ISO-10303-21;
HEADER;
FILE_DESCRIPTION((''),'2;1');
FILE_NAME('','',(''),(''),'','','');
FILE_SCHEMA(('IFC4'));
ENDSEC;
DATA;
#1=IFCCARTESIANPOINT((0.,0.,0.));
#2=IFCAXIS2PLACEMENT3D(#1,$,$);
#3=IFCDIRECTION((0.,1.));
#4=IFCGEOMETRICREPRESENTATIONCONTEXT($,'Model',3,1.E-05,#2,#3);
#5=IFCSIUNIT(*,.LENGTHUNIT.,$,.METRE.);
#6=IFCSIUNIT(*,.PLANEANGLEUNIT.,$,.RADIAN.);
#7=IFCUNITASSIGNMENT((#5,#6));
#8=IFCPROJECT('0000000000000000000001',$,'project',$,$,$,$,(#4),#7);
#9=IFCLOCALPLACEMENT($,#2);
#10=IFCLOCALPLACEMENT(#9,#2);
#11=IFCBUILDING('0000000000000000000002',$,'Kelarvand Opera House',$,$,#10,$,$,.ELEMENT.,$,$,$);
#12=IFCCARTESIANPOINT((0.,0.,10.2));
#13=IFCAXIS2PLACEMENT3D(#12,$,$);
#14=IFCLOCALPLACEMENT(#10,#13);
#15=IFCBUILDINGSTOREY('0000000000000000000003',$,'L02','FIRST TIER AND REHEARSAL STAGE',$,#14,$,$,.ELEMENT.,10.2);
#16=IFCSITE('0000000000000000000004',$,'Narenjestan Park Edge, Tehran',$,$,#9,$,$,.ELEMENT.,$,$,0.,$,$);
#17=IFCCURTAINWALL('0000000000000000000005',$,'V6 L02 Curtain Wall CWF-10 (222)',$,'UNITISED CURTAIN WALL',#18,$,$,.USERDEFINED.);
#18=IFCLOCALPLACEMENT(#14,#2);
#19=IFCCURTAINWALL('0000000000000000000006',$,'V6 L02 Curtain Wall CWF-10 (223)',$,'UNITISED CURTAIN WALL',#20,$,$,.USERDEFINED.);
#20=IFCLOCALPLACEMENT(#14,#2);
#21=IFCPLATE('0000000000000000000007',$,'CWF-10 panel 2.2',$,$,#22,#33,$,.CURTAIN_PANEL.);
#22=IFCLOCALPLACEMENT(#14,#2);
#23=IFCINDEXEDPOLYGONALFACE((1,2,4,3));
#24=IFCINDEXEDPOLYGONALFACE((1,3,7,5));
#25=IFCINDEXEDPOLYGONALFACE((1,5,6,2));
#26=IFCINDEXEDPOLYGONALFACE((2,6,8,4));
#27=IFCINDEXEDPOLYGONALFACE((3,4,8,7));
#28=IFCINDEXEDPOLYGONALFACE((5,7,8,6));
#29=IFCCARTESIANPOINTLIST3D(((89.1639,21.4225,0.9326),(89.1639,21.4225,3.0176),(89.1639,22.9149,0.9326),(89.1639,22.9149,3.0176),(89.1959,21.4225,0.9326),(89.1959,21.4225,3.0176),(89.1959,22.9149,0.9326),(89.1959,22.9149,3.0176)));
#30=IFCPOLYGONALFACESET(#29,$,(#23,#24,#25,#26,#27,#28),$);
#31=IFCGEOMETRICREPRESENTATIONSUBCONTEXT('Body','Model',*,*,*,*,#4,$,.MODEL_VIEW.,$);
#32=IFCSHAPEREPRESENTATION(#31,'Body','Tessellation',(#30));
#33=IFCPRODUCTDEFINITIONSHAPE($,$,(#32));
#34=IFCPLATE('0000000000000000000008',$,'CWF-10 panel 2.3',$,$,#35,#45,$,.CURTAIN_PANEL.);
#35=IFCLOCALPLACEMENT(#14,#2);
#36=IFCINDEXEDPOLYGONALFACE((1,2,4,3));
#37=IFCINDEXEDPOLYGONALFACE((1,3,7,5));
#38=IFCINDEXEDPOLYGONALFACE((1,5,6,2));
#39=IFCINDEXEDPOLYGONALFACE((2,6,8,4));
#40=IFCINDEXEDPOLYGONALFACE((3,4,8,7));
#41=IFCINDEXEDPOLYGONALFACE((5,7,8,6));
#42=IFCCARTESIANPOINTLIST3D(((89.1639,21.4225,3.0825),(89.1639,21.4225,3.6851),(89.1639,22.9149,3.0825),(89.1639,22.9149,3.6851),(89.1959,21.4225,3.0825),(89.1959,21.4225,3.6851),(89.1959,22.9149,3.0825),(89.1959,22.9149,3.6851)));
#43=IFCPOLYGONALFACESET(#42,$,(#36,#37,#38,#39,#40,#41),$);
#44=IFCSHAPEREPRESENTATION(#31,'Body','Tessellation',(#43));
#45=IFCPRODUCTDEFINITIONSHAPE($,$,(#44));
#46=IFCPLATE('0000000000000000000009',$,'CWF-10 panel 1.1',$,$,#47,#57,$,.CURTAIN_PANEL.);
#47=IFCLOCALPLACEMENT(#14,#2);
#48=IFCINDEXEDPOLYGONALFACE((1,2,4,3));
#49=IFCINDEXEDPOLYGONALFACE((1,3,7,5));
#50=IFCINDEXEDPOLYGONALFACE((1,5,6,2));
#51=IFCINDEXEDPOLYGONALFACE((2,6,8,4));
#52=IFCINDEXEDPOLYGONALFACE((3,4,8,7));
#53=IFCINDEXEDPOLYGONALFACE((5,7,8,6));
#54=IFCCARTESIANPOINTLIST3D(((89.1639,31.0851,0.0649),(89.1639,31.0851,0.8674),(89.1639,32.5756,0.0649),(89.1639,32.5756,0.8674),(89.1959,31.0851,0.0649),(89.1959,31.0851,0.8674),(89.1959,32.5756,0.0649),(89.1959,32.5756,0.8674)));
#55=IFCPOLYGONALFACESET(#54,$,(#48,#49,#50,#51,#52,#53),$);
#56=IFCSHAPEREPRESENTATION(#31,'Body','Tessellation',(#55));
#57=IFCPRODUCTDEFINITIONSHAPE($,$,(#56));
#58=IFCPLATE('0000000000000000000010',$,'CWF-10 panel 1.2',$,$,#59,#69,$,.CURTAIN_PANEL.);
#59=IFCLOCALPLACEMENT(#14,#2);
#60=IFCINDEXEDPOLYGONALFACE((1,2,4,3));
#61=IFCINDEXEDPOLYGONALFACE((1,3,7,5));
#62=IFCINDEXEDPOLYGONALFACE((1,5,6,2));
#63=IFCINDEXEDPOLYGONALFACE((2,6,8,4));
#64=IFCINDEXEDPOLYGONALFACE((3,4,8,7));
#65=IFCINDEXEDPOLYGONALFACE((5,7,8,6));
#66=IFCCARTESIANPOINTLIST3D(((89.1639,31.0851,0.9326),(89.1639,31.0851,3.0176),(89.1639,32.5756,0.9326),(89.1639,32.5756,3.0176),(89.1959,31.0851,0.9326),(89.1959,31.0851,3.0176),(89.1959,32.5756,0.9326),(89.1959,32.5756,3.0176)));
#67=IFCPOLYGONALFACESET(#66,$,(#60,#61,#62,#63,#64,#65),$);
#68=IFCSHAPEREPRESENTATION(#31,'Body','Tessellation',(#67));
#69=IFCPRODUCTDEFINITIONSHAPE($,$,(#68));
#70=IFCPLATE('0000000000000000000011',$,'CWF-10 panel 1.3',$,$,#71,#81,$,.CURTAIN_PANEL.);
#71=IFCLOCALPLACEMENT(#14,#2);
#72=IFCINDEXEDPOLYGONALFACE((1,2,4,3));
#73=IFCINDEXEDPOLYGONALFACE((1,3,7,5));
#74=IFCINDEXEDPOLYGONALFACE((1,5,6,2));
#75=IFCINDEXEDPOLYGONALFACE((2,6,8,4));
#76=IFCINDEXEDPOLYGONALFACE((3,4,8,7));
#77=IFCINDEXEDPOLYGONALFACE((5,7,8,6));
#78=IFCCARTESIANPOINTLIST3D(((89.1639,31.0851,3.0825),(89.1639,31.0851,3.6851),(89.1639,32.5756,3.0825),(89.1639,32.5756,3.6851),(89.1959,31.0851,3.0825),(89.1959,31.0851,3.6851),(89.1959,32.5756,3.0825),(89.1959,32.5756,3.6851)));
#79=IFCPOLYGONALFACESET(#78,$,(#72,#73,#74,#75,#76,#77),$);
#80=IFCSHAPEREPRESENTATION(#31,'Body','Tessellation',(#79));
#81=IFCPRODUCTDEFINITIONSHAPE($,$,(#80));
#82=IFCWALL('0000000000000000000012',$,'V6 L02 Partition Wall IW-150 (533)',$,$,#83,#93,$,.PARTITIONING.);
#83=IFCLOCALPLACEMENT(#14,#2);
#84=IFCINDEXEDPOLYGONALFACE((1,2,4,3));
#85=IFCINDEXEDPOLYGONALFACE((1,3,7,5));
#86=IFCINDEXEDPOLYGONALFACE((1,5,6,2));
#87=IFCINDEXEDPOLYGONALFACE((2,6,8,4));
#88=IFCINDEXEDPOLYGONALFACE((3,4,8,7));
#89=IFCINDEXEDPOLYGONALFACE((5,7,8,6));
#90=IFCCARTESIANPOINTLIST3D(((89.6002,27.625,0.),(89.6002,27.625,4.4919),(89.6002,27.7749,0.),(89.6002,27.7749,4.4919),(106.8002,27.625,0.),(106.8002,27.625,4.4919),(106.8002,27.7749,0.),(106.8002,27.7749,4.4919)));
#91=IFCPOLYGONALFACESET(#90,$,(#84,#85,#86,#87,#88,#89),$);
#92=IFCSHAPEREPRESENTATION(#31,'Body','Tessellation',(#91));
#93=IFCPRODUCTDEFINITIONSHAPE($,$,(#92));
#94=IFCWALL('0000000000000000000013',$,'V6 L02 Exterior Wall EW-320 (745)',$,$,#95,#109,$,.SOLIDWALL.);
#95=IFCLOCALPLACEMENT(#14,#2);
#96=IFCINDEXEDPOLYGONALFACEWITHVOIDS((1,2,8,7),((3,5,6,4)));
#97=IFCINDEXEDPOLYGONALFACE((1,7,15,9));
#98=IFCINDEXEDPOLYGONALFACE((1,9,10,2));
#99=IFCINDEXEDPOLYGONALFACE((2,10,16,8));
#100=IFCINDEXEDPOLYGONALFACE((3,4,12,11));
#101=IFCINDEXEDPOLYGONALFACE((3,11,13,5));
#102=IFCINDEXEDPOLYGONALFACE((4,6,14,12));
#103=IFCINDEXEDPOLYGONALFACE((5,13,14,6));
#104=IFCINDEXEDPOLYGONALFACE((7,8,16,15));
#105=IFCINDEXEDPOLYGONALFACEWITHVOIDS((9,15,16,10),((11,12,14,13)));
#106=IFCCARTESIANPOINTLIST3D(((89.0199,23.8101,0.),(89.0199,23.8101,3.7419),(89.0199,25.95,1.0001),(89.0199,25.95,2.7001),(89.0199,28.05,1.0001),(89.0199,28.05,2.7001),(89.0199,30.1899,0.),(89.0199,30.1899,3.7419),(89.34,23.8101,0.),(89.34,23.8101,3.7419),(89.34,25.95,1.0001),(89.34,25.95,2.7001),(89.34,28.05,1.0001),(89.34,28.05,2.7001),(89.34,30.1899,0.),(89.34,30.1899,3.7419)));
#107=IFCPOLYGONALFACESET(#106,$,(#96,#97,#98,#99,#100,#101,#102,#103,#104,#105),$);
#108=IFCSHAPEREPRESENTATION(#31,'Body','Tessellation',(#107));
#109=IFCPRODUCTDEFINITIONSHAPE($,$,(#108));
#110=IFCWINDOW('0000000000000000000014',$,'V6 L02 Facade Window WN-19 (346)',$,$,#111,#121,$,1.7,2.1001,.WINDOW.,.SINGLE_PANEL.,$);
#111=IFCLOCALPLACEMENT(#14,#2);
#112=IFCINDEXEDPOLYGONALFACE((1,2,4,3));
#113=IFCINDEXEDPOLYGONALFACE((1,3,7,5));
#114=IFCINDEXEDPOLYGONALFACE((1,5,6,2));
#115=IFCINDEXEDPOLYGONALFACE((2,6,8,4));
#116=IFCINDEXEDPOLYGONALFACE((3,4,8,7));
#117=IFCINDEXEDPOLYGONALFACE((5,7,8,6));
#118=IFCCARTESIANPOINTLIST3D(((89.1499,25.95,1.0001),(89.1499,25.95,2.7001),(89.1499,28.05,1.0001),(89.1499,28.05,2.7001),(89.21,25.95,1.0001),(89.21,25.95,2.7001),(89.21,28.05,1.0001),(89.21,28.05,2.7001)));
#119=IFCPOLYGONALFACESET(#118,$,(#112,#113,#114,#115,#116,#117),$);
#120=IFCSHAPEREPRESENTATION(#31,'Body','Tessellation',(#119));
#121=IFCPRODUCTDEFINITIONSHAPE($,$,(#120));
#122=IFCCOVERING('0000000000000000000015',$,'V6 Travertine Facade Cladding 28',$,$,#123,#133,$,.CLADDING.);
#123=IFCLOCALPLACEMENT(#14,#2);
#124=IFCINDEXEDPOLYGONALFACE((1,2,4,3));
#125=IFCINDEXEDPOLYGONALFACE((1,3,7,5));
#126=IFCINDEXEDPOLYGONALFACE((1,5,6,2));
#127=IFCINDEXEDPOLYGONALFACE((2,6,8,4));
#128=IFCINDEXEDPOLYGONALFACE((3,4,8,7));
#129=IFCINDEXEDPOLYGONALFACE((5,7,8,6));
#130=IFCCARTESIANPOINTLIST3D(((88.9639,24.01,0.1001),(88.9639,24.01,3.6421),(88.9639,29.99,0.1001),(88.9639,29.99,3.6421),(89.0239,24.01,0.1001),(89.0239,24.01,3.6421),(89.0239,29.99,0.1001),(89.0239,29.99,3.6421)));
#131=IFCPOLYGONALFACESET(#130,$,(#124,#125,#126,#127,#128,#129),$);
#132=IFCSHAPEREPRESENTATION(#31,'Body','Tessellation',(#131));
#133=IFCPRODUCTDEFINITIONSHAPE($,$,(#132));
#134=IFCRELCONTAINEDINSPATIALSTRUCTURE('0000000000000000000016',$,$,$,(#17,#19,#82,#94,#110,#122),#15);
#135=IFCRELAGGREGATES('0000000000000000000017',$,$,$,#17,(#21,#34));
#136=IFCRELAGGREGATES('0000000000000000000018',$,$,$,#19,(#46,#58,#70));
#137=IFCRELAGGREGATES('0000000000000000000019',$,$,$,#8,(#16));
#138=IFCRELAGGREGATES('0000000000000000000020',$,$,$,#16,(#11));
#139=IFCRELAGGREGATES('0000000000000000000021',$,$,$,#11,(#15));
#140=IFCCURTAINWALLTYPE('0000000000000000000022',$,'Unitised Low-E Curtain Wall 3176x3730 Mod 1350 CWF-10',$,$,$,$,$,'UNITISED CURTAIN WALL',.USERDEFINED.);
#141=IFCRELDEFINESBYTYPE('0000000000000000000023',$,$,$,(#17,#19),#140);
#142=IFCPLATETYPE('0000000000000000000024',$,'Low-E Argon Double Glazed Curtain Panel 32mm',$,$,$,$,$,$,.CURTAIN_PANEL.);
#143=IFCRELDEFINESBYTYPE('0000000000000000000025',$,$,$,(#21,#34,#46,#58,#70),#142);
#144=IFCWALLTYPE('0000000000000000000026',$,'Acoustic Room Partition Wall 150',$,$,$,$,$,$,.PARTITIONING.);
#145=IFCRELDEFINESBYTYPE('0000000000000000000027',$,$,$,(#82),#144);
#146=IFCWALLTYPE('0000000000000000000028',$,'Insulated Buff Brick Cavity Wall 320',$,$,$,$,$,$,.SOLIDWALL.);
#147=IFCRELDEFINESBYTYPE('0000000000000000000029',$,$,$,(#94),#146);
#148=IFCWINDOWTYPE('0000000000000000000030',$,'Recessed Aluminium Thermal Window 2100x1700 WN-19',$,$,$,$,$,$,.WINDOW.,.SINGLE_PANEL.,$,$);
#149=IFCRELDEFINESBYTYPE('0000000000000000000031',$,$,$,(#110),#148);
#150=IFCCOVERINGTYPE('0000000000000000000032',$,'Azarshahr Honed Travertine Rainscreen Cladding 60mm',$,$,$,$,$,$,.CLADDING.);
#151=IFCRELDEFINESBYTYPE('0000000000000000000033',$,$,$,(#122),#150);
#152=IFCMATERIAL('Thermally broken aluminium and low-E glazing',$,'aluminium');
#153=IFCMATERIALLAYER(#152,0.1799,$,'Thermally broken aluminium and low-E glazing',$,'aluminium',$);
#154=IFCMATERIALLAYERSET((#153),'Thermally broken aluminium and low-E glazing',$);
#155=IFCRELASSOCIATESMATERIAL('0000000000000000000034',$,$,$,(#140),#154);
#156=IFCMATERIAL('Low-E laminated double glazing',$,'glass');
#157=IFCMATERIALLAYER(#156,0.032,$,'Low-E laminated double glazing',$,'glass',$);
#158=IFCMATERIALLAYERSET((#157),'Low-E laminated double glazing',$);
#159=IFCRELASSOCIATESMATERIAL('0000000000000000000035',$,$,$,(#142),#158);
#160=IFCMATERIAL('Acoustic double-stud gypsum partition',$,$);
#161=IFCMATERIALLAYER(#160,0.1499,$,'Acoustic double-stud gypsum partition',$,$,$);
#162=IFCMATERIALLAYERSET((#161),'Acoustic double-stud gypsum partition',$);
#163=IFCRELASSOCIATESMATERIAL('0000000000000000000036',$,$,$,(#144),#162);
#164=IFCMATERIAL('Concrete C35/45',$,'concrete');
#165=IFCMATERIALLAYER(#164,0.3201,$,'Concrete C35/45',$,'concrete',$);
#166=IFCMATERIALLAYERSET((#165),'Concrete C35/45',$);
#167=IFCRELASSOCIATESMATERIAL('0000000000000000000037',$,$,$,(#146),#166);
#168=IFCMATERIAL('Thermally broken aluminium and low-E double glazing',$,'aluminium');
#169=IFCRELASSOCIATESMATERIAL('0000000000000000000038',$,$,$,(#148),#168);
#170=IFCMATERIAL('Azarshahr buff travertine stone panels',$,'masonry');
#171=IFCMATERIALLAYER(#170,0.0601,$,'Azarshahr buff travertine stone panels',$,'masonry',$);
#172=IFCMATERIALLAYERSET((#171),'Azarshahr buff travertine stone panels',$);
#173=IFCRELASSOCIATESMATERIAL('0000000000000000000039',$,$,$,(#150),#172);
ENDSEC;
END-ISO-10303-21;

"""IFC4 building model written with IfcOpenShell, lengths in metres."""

from ifc_helpers import new_model, si_unit, direction, frame, frame_2d, origin, origin_2d, place, context, subcontext, project, spatial, rectangle, extrude, material, layer, layer_set, type_object, element, fill, aggregate, save


model = new_model("IFC4")

# Units and contexts
model_context = context("Model", 3, precision=1e-05, world=origin(), true_north=direction((0.0, 1.0)))
body_context = subcontext(model_context, "Body", "Model", "MODEL_VIEW")
ifc_project = project(units=[si_unit("LENGTHUNIT", "METRE"), si_unit("PLANEANGLEUNIT", "RADIAN")], contexts=[model_context])

# Site, building, storey
site_placement = place(None, origin())
site = spatial("IfcSite", under=ifc_project, at=site_placement, Name="Narenjestan Park Edge, Tehran", CompositionType="ELEMENT", RefElevation=0.0)
building_placement = place(site_placement, origin())
building = spatial("IfcBuilding", under=site, at=building_placement, Name="Kelarvand Opera House", CompositionType="ELEMENT")
storey_placement = place(building_placement, frame((0.0, 0.0, 10.2)))
storey = spatial("IfcBuildingStorey", under=building, at=storey_placement, Name="L02", Description="FIRST TIER AND REHEARSAL STAGE", CompositionType="ELEMENT", Elevation=10.2)

# Curtain wall
ifc_material_1 = material(Name="Thermally broken aluminium and low-E glazing", Category="aluminium")
ifc_layer_1 = layer(ifc_material_1, 0.1799, Name="Thermally broken aluminium and low-E glazing", Category="aluminium")
ifc_layer_set_1 = layer_set([ifc_layer_1], Name="Thermally broken aluminium and low-E glazing")
curtain_wall_type = type_object("IfcCurtainWallType", Name="Unitised Low-E Curtain Wall 3176x3730 Mod 1350 CWF-10", ElementType="UNITISED CURTAIN WALL", PredefinedType="USERDEFINED", material=ifc_layer_set_1)
curtain_wall_1_placement = place(storey_placement, origin())
curtain_wall_1 = element("IfcCurtainWall", 1, at=curtain_wall_1_placement, inside=storey, type_object=curtain_wall_type, Name="V6 L02 Curtain Wall CWF-10 (222)", ObjectType="UNITISED CURTAIN WALL", PredefinedType="USERDEFINED")

# Curtain wall
curtain_wall_2_placement = place(storey_placement, origin())
curtain_wall_2 = element("IfcCurtainWall", 2, at=curtain_wall_2_placement, inside=storey, type_object=curtain_wall_type, Name="V6 L02 Curtain Wall CWF-10 (223)", ObjectType="UNITISED CURTAIN WALL", PredefinedType="USERDEFINED")

# Plates
ifc_material_2 = material(Name="Low-E laminated double glazing", Category="glass")
ifc_layer_2 = layer(ifc_material_2, 0.032, Name="Low-E laminated double glazing", Category="glass")
ifc_layer_set_2 = layer_set([ifc_layer_2], Name="Low-E laminated double glazing")
plate_type = type_object("IfcPlateType", Name="Low-E Argon Double Glazed Curtain Panel 32mm", PredefinedType="CURTAIN_PANEL", material=ifc_layer_set_2)
plate_1_placement = place(storey_placement, frame((89.1799, 22.1687, 0.9326), z_axis=(0.0, 0.0, 1.0), x_axis=(0.0, 1.0, 0.0)))
plate_1 = element("IfcPlate", 3, at=plate_1_placement, type_object=plate_type, Name="CWF-10 panel 2.2", PredefinedType="CURTAIN_PANEL", context=body_context, shape_type="SweptSolid", body=[
    extrude(rectangle(XDim=1.4924, YDim=0.032, at=origin_2d()), origin(), (0.0, 0.0, 1.0), 2.085),
])
plate_2_placement = place(storey_placement, frame((89.1799, 22.1687, 3.0825), z_axis=(0.0, 0.0, 1.0), x_axis=(0.0, 1.0, 0.0)))
plate_2 = element("IfcPlate", 4, at=plate_2_placement, type_object=plate_type, Name="CWF-10 panel 2.3", PredefinedType="CURTAIN_PANEL", context=body_context, shape_type="SweptSolid", body=[
    extrude(rectangle(XDim=1.4924, YDim=0.032, at=origin_2d()), origin(), (0.0, 0.0, 1.0), 0.6025),
])
aggregate(curtain_wall_1, [plate_1, plate_2])
plate_3_placement = place(storey_placement, frame((89.1799, 31.8303, 0.0649), z_axis=(0.0, 0.0, 1.0), x_axis=(0.0, 1.0, 0.0)))
plate_3 = element("IfcPlate", 5, at=plate_3_placement, type_object=plate_type, Name="CWF-10 panel 1.1", PredefinedType="CURTAIN_PANEL", context=body_context, shape_type="SweptSolid", body=[
    extrude(rectangle(XDim=1.4905, YDim=0.032, at=origin_2d()), origin(), (0.0, 0.0, 1.0), 0.8025),
])
plate_4_placement = place(storey_placement, frame((89.1799, 31.8303, 0.9326), z_axis=(0.0, 0.0, 1.0), x_axis=(0.0, 1.0, 0.0)))
plate_4 = element("IfcPlate", 6, at=plate_4_placement, type_object=plate_type, Name="CWF-10 panel 1.2", PredefinedType="CURTAIN_PANEL", context=body_context, shape_type="SweptSolid", body=[
    extrude(rectangle(XDim=1.4905, YDim=0.032, at=origin_2d()), origin(), (0.0, 0.0, 1.0), 2.085),
])
plate_5_placement = place(storey_placement, frame((89.1799, 31.8303, 3.0825), z_axis=(0.0, 0.0, 1.0), x_axis=(0.0, 1.0, 0.0)))
plate_5 = element("IfcPlate", 7, at=plate_5_placement, type_object=plate_type, Name="CWF-10 panel 1.3", PredefinedType="CURTAIN_PANEL", context=body_context, shape_type="SweptSolid", body=[
    extrude(rectangle(XDim=1.4905, YDim=0.032, at=origin_2d()), origin(), (0.0, 0.0, 1.0), 0.6025),
])
aggregate(curtain_wall_2, [plate_3, plate_4, plate_5])

# Wall
ifc_material_3 = material(Name="Acoustic double-stud gypsum partition")
ifc_layer_3 = layer(ifc_material_3, 0.1499, Name="Acoustic double-stud gypsum partition")
ifc_layer_set_3 = layer_set([ifc_layer_3], Name="Acoustic double-stud gypsum partition")
wall_type_1 = type_object("IfcWallType", Name="Acoustic Room Partition Wall 150", PredefinedType="PARTITIONING", material=ifc_layer_set_3)
wall_1_placement = place(storey_placement, frame((89.6001, 27.7, 0.0), z_axis=(0.0, 0.0, 1.0), x_axis=(1.0, 0.0, 0.0)))
element("IfcWall", 8, at=wall_1_placement, inside=storey, type_object=wall_type_1, Name="V6 L02 Partition Wall IW-150 (533)", PredefinedType="PARTITIONING", context=body_context, shape_type="SweptSolid", body=[
    extrude(rectangle(XDim=17.2, YDim=0.1499, at=frame_2d((8.6001, 0.0))), origin(), (0.0, 0.0, 1.0), 4.4919),
])

# Wall, opening, window
ifc_material_4 = material(Name="Concrete C35/45", Category="concrete")
ifc_layer_4 = layer(ifc_material_4, 0.3201, Name="Concrete C35/45", Category="concrete")
ifc_layer_set_4 = layer_set([ifc_layer_4], Name="Concrete C35/45")
wall_type_2 = type_object("IfcWallType", Name="Insulated Buff Brick Cavity Wall 320", PredefinedType="SOLIDWALL", material=ifc_layer_set_4)
wall_2_placement = place(storey_placement, frame((89.1799, 23.8101, 0.0), z_axis=(0.0, 0.0, 1.0), x_axis=(0.0, 1.0, 0.0)))
wall_2 = element("IfcWall", 9, at=wall_2_placement, inside=storey, type_object=wall_type_2, Name="V6 L02 Exterior Wall EW-320 (745)", PredefinedType="SOLIDWALL", context=body_context, shape_type="SweptSolid", body=[
    extrude(rectangle(XDim=6.3799, YDim=0.3201, at=frame_2d((3.1899, 0.0))), origin(), (0.0, 0.0, 1.0), 3.7419),
])
opening_placement = place(wall_2_placement, frame((2.1399, 0.0, 1.0)))
opening = element("IfcOpeningElement", 10, at=opening_placement, cuts=wall_2, PredefinedType="OPENING", context=body_context, shape_type="SweptSolid", body=[
    extrude(rectangle(XDim=2.1001, YDim=1.7, at=frame_2d((1.05, 0.8501))), frame((0.0, 0.1699, 0.0), z_axis=(0.0, -1.0, 0.0), x_axis=(1.0, 0.0, 0.0)), (0.0, 0.0, 1.0), 0.3401),
])
ifc_material_5 = material(Name="Thermally broken aluminium and low-E double glazing", Category="aluminium")
window_type = type_object("IfcWindowType", Name="Recessed Aluminium Thermal Window 2100x1700 WN-19", PartitioningType="SINGLE_PANEL", PredefinedType="WINDOW", material=ifc_material_5)
window_placement = place(opening_placement, origin())
window = element("IfcWindow", 11, at=window_placement, inside=storey, type_object=window_type, Name="V6 L02 Facade Window WN-19 (346)", OverallHeight=1.7, OverallWidth=2.1001, PartitioningType="SINGLE_PANEL", PredefinedType="WINDOW", context=body_context, shape_type="SweptSolid", body=[
    extrude(rectangle(XDim=2.1001, YDim=1.7, at=frame_2d((1.05, 0.8501))), frame((0.0, 0.03, 0.0), z_axis=(0.0, -1.0, 0.0), x_axis=(1.0, 0.0, 0.0)), (0.0, 0.0, 1.0), 0.0601),
])
fill(opening, window)

# Covering
ifc_material_6 = material(Name="Azarshahr buff travertine stone panels", Category="masonry")
ifc_layer_5 = layer(ifc_material_6, 0.0601, Name="Azarshahr buff travertine stone panels", Category="masonry")
ifc_layer_set_5 = layer_set([ifc_layer_5], Name="Azarshahr buff travertine stone panels")
covering_type = type_object("IfcCoveringType", Name="Azarshahr Honed Travertine Rainscreen Cladding 60mm", PredefinedType="CLADDING", material=ifc_layer_set_5)
covering_placement = place(storey_placement, frame((88.9939, 27.0, 0.1001), z_axis=(0.0, 0.0, 1.0), x_axis=(0.0, 1.0, 0.0)))
element("IfcCovering", 12, at=covering_placement, inside=storey, type_object=covering_type, Name="V6 Travertine Facade Cladding 28", PredefinedType="CLADDING", context=body_context, shape_type="SweptSolid", body=[
    extrude(rectangle(XDim=5.98, YDim=0.0601, at=origin_2d()), origin(), (0.0, 0.0, 1.0), 3.542),
])

save(model, "model.ifc")
